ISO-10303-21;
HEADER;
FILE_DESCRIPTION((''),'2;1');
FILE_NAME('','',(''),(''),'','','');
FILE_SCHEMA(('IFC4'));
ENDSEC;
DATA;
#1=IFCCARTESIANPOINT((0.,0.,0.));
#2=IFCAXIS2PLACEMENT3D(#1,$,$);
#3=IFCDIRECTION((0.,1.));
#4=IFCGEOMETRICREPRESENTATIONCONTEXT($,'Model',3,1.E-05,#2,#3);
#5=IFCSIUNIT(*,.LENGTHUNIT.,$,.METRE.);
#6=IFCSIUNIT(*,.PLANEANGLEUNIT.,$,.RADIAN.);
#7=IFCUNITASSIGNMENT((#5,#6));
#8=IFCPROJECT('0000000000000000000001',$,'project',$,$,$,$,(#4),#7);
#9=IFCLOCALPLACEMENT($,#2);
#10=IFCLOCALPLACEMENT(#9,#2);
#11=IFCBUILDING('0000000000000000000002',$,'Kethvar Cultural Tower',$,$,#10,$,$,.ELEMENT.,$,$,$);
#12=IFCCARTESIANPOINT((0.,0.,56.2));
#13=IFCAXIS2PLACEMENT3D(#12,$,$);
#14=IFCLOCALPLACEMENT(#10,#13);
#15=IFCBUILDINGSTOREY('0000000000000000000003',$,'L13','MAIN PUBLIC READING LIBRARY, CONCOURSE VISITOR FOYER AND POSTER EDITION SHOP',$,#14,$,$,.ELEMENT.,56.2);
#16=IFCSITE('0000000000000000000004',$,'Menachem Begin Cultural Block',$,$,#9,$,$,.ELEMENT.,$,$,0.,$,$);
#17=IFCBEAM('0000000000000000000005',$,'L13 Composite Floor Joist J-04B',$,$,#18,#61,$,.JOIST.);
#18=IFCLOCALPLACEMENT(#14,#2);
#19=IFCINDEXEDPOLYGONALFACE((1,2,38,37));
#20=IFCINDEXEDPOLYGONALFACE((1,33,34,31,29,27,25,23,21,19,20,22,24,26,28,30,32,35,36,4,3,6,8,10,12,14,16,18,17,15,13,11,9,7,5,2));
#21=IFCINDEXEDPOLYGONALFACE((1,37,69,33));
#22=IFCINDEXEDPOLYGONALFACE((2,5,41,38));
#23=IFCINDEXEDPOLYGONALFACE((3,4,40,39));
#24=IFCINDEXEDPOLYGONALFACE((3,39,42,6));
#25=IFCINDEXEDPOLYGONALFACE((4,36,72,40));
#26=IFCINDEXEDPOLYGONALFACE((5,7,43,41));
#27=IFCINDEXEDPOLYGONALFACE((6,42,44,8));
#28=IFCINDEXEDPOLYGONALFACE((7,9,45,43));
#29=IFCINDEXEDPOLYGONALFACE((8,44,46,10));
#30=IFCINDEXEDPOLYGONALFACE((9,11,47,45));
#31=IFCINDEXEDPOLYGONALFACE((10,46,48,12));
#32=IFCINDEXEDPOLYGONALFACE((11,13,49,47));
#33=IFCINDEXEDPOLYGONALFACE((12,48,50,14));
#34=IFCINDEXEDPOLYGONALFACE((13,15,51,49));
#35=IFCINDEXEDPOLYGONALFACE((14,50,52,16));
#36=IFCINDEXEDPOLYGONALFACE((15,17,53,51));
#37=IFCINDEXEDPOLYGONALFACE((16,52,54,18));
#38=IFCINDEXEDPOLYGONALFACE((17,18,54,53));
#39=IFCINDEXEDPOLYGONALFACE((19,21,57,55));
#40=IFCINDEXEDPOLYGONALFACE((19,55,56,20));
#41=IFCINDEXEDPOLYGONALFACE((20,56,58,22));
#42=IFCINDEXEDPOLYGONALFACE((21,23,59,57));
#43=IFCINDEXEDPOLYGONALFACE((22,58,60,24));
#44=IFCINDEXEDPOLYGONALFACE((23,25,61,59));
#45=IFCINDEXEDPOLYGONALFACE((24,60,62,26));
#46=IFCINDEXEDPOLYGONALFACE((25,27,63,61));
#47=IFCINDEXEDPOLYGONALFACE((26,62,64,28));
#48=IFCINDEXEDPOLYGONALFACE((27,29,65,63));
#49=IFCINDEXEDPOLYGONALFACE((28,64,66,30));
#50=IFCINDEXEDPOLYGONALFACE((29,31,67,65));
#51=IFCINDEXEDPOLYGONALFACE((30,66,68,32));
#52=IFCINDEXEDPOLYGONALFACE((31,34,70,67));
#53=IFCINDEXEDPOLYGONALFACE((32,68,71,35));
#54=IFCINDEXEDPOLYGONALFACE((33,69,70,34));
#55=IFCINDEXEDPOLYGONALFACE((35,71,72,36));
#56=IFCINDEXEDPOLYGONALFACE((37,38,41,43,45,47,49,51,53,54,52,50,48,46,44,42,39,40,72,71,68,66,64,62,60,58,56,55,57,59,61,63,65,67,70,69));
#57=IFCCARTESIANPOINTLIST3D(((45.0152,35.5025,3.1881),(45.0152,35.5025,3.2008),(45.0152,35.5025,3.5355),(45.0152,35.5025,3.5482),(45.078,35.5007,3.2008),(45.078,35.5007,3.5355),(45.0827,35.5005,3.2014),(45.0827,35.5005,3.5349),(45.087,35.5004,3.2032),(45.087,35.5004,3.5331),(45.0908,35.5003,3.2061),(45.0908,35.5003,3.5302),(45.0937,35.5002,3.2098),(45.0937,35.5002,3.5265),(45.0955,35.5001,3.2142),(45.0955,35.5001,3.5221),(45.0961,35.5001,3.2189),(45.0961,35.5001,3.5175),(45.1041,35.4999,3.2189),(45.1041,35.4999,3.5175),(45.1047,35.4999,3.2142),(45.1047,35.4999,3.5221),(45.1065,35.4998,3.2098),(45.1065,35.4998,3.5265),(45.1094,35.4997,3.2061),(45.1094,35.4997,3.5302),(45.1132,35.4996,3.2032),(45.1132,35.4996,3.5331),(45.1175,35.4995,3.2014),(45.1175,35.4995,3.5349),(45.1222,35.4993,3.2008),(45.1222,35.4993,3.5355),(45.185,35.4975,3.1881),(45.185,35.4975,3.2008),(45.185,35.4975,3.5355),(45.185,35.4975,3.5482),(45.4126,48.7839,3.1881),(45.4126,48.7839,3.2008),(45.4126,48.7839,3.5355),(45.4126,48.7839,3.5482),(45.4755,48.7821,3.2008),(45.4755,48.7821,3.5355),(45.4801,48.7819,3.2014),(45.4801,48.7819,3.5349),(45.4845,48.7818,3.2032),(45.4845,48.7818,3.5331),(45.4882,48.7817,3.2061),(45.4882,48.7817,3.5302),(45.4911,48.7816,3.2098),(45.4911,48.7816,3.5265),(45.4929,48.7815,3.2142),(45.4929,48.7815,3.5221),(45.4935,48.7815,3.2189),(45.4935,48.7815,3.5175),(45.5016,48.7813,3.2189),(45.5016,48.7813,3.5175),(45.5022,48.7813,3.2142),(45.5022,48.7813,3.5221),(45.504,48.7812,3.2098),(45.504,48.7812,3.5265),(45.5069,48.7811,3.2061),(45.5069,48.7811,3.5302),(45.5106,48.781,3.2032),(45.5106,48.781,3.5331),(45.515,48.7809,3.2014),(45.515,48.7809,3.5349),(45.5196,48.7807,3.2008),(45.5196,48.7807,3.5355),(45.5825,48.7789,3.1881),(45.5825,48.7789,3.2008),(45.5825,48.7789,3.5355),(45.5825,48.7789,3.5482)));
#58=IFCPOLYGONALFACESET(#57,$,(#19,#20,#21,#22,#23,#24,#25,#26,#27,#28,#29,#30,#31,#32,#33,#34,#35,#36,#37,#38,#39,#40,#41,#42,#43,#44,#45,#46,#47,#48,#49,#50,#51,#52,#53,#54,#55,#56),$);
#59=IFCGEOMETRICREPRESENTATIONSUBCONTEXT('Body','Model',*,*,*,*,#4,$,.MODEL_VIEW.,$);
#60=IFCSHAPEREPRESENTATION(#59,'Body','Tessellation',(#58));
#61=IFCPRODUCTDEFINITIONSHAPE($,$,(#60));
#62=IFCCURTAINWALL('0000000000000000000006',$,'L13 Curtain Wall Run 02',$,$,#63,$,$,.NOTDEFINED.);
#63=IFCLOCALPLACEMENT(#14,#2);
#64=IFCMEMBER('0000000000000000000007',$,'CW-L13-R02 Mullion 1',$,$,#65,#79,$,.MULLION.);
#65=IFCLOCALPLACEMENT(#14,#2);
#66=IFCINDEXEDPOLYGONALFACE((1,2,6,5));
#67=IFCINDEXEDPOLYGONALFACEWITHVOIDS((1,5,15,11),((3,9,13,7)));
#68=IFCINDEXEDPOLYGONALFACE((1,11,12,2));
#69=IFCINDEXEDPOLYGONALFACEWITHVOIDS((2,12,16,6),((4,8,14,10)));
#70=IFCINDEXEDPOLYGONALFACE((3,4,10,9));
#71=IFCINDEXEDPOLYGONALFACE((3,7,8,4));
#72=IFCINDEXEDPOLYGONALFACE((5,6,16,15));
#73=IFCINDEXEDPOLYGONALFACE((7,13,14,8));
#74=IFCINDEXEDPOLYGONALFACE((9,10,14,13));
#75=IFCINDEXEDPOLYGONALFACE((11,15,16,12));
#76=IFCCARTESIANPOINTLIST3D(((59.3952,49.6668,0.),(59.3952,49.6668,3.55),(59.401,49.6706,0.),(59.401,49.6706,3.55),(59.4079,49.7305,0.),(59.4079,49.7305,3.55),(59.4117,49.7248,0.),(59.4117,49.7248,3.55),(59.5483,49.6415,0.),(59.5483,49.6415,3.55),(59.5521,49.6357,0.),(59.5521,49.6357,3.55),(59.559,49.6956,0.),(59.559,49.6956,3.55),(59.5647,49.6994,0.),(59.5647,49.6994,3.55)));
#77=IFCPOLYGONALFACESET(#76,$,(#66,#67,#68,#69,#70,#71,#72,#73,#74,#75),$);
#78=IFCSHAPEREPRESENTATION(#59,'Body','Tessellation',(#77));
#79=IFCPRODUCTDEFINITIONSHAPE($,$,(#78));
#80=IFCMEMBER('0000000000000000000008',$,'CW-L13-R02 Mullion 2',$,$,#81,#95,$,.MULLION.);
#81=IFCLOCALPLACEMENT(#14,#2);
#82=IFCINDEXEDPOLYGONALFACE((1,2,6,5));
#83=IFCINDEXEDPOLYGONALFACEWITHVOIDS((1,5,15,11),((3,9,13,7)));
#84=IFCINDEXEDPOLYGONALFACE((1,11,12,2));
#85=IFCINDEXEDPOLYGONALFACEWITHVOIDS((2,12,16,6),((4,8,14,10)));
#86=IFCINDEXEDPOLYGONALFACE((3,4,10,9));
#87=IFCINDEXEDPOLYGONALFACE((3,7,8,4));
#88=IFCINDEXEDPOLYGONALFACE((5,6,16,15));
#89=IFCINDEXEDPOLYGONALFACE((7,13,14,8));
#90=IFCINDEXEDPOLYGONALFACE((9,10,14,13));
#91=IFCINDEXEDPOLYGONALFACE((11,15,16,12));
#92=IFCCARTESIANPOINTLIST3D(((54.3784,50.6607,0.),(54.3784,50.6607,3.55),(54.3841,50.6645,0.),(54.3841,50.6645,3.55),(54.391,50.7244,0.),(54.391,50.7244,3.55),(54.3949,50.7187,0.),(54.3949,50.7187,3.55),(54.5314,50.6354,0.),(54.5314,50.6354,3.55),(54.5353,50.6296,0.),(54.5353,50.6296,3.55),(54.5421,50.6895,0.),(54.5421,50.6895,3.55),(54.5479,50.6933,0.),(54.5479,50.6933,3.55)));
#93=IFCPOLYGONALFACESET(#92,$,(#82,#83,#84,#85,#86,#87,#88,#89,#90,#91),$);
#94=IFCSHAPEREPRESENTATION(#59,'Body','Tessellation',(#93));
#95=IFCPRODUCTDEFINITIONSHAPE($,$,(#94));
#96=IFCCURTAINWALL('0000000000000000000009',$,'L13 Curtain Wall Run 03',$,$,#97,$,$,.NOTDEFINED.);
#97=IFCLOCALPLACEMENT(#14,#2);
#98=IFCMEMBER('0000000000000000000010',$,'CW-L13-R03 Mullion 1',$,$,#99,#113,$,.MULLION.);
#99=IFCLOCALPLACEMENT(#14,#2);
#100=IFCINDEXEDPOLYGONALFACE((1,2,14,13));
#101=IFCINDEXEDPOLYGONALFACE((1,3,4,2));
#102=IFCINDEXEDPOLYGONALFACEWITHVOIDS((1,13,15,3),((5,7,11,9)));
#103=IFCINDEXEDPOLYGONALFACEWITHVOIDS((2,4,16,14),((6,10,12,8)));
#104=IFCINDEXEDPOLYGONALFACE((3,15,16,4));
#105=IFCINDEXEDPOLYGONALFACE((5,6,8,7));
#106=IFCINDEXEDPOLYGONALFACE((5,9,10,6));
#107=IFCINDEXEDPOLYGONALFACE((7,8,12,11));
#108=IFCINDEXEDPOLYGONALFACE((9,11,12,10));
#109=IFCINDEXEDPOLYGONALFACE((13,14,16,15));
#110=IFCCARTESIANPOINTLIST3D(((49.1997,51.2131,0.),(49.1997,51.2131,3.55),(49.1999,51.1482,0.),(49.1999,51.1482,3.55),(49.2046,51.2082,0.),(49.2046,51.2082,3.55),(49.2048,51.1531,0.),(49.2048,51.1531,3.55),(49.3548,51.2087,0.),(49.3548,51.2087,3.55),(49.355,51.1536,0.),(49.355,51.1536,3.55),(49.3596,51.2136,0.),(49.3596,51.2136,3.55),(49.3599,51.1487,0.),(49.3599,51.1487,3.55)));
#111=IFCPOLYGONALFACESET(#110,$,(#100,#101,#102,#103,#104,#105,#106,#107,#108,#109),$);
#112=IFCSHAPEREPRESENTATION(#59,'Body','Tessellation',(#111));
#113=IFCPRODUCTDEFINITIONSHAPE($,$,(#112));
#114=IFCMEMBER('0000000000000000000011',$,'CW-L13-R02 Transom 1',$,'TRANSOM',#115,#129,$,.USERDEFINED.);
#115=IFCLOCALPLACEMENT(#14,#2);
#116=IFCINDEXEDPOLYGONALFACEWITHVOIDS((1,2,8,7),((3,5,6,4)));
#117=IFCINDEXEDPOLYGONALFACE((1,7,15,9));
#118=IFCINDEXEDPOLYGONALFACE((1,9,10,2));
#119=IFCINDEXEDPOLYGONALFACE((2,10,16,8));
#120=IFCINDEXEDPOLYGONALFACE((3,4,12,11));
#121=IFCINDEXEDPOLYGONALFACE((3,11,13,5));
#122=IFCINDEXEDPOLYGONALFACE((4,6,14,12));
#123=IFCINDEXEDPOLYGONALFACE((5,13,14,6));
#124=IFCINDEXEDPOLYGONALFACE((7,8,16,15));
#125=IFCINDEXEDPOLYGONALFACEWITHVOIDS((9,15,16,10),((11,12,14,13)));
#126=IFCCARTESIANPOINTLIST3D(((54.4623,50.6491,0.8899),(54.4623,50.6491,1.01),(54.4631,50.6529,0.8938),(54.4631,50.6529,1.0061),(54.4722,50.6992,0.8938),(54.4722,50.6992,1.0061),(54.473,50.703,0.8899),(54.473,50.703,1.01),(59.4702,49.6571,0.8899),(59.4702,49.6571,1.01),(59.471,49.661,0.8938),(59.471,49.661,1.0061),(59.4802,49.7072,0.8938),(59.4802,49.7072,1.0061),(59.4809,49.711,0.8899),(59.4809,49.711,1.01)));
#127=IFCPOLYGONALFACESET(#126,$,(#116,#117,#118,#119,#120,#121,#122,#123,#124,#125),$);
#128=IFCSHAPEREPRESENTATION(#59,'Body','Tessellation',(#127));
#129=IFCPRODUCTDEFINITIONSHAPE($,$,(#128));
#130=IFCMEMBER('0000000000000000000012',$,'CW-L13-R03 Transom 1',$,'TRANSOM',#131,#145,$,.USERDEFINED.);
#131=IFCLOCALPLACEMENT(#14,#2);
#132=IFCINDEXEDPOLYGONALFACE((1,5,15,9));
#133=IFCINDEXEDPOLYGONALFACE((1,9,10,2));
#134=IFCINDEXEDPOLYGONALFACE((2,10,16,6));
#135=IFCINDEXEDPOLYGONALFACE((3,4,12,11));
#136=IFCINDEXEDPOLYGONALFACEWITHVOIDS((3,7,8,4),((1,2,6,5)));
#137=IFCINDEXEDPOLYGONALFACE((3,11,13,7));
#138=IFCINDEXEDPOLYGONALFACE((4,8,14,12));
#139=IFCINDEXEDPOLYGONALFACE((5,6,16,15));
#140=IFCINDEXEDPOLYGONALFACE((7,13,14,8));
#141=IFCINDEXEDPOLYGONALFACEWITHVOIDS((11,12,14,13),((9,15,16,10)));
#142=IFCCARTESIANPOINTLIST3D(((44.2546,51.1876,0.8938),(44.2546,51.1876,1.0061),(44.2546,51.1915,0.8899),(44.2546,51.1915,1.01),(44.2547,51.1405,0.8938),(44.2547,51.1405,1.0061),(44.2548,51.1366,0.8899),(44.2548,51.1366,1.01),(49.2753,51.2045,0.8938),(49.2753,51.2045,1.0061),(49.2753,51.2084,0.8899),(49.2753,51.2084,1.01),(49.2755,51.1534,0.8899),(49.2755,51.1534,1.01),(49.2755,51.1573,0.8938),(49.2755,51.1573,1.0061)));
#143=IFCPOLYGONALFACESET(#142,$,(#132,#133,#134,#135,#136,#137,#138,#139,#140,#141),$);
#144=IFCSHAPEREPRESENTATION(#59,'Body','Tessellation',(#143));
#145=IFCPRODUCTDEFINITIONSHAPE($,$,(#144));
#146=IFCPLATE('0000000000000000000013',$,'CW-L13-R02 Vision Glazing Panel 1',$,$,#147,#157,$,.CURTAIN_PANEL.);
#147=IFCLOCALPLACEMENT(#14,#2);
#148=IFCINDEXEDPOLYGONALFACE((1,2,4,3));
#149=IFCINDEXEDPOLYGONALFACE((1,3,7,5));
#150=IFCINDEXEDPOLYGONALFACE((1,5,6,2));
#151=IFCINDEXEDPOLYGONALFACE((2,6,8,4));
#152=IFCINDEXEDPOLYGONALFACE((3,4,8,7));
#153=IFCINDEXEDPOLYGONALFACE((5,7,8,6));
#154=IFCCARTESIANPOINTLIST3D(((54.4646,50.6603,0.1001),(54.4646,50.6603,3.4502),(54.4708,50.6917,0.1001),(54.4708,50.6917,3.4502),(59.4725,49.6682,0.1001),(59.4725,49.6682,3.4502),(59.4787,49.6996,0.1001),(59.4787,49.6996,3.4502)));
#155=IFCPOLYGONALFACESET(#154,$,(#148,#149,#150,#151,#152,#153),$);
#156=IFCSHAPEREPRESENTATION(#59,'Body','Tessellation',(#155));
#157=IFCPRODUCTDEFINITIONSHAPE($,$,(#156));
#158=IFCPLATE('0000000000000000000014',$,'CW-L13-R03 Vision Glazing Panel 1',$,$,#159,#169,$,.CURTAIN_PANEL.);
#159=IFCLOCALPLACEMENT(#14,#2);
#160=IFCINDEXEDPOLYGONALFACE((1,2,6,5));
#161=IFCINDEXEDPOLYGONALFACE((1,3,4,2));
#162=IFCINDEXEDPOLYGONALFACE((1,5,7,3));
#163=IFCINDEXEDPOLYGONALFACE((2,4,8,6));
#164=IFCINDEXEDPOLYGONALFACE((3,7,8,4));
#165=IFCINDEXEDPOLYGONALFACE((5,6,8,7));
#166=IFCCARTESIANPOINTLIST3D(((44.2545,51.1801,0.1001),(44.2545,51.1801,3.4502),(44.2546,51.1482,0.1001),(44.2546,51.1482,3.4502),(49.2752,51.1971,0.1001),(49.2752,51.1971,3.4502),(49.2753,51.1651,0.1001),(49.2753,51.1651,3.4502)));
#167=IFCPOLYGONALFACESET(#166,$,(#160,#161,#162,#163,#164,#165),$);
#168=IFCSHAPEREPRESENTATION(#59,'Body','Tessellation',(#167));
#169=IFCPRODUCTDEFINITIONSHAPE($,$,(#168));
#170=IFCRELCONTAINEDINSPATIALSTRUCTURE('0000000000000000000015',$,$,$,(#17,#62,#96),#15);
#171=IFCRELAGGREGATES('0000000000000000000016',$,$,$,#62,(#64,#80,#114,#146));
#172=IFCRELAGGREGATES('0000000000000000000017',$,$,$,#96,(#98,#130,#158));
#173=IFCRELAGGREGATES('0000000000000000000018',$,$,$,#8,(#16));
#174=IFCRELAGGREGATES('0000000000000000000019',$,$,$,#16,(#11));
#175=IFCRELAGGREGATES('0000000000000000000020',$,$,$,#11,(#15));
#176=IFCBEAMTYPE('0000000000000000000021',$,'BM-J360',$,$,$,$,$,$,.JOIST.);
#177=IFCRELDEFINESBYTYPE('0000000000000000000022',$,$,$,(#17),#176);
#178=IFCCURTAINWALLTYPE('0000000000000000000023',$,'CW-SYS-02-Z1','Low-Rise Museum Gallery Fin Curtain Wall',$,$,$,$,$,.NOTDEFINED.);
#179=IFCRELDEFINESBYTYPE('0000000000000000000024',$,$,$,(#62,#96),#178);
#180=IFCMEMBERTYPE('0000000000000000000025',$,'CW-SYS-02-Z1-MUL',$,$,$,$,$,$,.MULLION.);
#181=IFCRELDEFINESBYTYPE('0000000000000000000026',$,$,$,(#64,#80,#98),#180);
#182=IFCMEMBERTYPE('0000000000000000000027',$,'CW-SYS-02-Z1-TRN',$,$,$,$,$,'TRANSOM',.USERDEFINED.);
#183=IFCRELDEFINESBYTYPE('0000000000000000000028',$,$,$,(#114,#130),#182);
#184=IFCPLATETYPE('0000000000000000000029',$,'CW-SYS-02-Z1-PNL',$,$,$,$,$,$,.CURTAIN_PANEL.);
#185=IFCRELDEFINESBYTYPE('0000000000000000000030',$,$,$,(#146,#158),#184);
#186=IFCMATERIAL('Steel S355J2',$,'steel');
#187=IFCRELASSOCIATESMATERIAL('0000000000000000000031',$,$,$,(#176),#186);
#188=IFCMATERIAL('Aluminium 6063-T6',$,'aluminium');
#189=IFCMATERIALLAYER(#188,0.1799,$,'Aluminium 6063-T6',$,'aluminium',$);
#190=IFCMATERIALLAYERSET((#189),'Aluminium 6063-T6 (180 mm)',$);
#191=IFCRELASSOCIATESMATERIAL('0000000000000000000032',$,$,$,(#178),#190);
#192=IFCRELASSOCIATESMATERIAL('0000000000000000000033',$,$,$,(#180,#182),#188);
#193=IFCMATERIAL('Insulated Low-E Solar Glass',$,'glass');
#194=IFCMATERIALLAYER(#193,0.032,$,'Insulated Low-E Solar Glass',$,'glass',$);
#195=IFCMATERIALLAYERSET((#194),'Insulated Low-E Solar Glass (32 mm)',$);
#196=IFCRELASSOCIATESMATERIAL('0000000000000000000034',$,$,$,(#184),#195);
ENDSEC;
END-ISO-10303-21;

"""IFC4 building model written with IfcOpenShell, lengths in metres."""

from ifc_helpers import new_model, si_unit, direction, frame, origin, origin_2d, place, context, subcontext, project, spatial, rectangle, hollow_rectangle, i_section, extrude, source, transform, mapped, material, layer, layer_set, material_profile, profile_set, type_object, element, aggregate, save


model = new_model("IFC4")

# Units and contexts
model_context = context("Model", 3, precision=1e-05, world=origin(), true_north=direction((0.0, 1.0)))
body_context = subcontext(model_context, "Body", "Model", "MODEL_VIEW")
ifc_project = project(units=[si_unit("LENGTHUNIT", "METRE"), si_unit("PLANEANGLEUNIT", "RADIAN")], contexts=[model_context])

# Site, building, storey
site_placement = place(None, origin())
site = spatial("IfcSite", under=ifc_project, at=site_placement, Name="Menachem Begin Cultural Block", CompositionType="ELEMENT", RefElevation=0.0)
building_placement = place(site_placement, origin())
building = spatial("IfcBuilding", under=site, at=building_placement, Name="Kethvar Cultural Tower", CompositionType="ELEMENT")
storey_placement = place(building_placement, frame((0.0, 0.0, 56.2)))
storey = spatial("IfcBuildingStorey", under=building, at=storey_placement, Name="L13", Description="MAIN PUBLIC READING LIBRARY, CONCOURSE VISITOR FOYER AND POSTER EDITION SHOP", CompositionType="ELEMENT", Elevation=56.2)

# Beam
ifc_material_1 = material(Name="Steel S355J2", Category="steel")
ifc_material_profile_1 = material_profile(ifc_material_1, i_section(OverallWidth=0.1699, OverallDepth=0.3601, WebThickness=0.0081, FlangeThickness=0.0127, FilletRadius=0.0181, at=origin_2d()), Name="Steel S355J2 — IPE360")
ifc_profile_set_1 = profile_set([ifc_material_profile_1], Name="Steel S355J2 — IPE360")
beam_type_1 = type_object("IfcBeamType", Name="BM-J360", PredefinedType="JOIST", material=ifc_profile_set_1)
shared_shape_1 = source(origin(), body_context, "Body", "SweptSolid", [
    extrude(i_section(OverallWidth=0.1699, OverallDepth=0.3601, WebThickness=0.0081, FlangeThickness=0.0127, FilletRadius=0.0181, at=origin_2d()), origin(), (0.0, 0.0, 1.0), 13.2874),
])
beam_1_placement = place(storey_placement, frame((45.1001, 35.5, 3.3682), z_axis=(0.029913, 0.999553, 0.0), x_axis=(-0.999553, 0.029913, 0.0)))
element("IfcBeam", 1, at=beam_1_placement, inside=storey, type_object=beam_type_1, Name="L13 Composite Floor Joist J-04B", PredefinedType="JOIST", context=body_context, shape_type="MappedRepresentation", body=[
    mapped(shared_shape_1, transform((0.0, 0.0, 0.0), scale=1.0)),
])

# Curtain wall, members
ifc_material_2 = material(Name="Aluminium 6063-T6", Category="aluminium")
ifc_layer_1 = layer(ifc_material_2, 0.1799, Name="Aluminium 6063-T6", Category="aluminium")
ifc_layer_set_1 = layer_set([ifc_layer_1], Name="Aluminium 6063-T6 (180 mm)")
curtain_wall_type = type_object("IfcCurtainWallType", Name="CW-SYS-02-Z1", Description="Low-Rise Museum Gallery Fin Curtain Wall", PredefinedType="NOTDEFINED", material=ifc_layer_set_1)
curtain_wall_1_placement = place(storey_placement, origin())
curtain_wall_1 = element("IfcCurtainWall", 2, at=curtain_wall_1_placement, inside=storey, type_object=curtain_wall_type, Name="L13 Curtain Wall Run 02", PredefinedType="NOTDEFINED")
ifc_material_profile_2 = material_profile(ifc_material_2, hollow_rectangle(XDim=0.0649, YDim=0.1599, WallThickness=0.0049, at=origin_2d()), Name="Aluminium 6063-T6 — RHS160x65x5")
ifc_profile_set_2 = profile_set([ifc_material_profile_2], Name="Aluminium 6063-T6 — RHS160x65x5")
member_type_1 = type_object("IfcMemberType", Name="CW-SYS-02-Z1-MUL", PredefinedType="MULLION", material=ifc_profile_set_2)
shared_shape_2 = source(origin(), body_context, "Body", "SweptSolid", [
    extrude(hollow_rectangle(XDim=0.0649, YDim=0.1599, WallThickness=0.0049, at=origin_2d()), origin(), (0.0, 0.0, 1.0), 3.55),
])
member_1_placement = place(storey_placement, frame((59.48, 49.6831, 0.0), z_axis=(0.0, 0.0, 1.0), x_axis=(-0.194337, -0.980935, 0.0)))
member_1 = element("IfcMember", 3, at=member_1_placement, type_object=member_type_1, Name="CW-L13-R02 Mullion 1", PredefinedType="MULLION", context=body_context, shape_type="MappedRepresentation", body=[
    mapped(shared_shape_2, transform((0.0, 0.0, 0.0), scale=1.0)),
])
member_2_placement = place(storey_placement, frame((54.4631, 50.677, 0.0), z_axis=(0.0, 0.0, 1.0), x_axis=(-0.194337, -0.980935, 0.0)))
member_2 = element("IfcMember", 4, at=member_2_placement, type_object=member_type_1, Name="CW-L13-R02 Mullion 2", PredefinedType="MULLION", context=body_context, shape_type="MappedRepresentation", body=[
    mapped(shared_shape_2, transform((0.0, 0.0, 0.0), scale=1.0)),
])

# Curtain wall, member
curtain_wall_2_placement = place(storey_placement, origin())
curtain_wall_2 = element("IfcCurtainWall", 5, at=curtain_wall_2_placement, inside=storey, type_object=curtain_wall_type, Name="L13 Curtain Wall Run 03", PredefinedType="NOTDEFINED")
member_3_placement = place(storey_placement, frame((49.2798, 51.1809, 0.0), z_axis=(0.0, 0.0, 1.0), x_axis=(0.003368, -0.999994, 0.0)))
member_3 = element("IfcMember", 6, at=member_3_placement, type_object=member_type_1, Name="CW-L13-R03 Mullion 1", PredefinedType="MULLION", context=body_context, shape_type="MappedRepresentation", body=[
    mapped(shared_shape_2, transform((0.0, 0.0, 0.0), scale=1.0)),
])

# Members
ifc_material_profile_3 = material_profile(ifc_material_2, hollow_rectangle(XDim=0.0549, YDim=0.1201, WallThickness=0.0039, at=origin_2d()), Name="Aluminium 6063-T6 — RHS120x55x4")
ifc_profile_set_3 = profile_set([ifc_material_profile_3], Name="Aluminium 6063-T6 — RHS120x55x4")
member_type_2 = type_object("IfcMemberType", Name="CW-SYS-02-Z1-TRN", ElementType="TRANSOM", PredefinedType="USERDEFINED", material=ifc_profile_set_3)
shared_shape_3 = source(origin(), body_context, "Body", "SweptSolid", [
    extrude(hollow_rectangle(XDim=0.0549, YDim=0.1201, WallThickness=0.0039, at=origin_2d()), origin(), (0.0, 0.0, 1.0), 5.1052),
])
member_4_placement = place(storey_placement, frame((59.4756, 49.6841, 0.95), z_axis=(-0.980941, 0.194304, 0.0), x_axis=(-0.194304, -0.980941, 0.0)))
member_4 = element("IfcMember", 7, at=member_4_placement, type_object=member_type_2, Name="CW-L13-R02 Transom 1", ObjectType="TRANSOM", PredefinedType="USERDEFINED", context=body_context, shape_type="MappedRepresentation", body=[
    mapped(shared_shape_3, transform((0.0, 0.0, 0.0), scale=1.0)),
])
shared_shape_4 = source(origin(), body_context, "Body", "SweptSolid", [
    extrude(hollow_rectangle(XDim=0.0549, YDim=0.1201, WallThickness=0.0039, at=origin_2d()), origin(), (0.0, 0.0, 1.0), 5.0208),
])
member_5_placement = place(storey_placement, frame((49.2754, 51.1809, 0.95), z_axis=(-0.999994, -0.003355, 0.0), x_axis=(0.003355, -0.999994, 0.0)))
member_5 = element("IfcMember", 8, at=member_5_placement, type_object=member_type_2, Name="CW-L13-R03 Transom 1", ObjectType="TRANSOM", PredefinedType="USERDEFINED", context=body_context, shape_type="MappedRepresentation", body=[
    mapped(shared_shape_4, transform((0.0, 0.0, 0.0), scale=1.0)),
])

# Plates
ifc_material_3 = material(Name="Insulated Low-E Solar Glass", Category="glass")
ifc_layer_2 = layer(ifc_material_3, 0.032, Name="Insulated Low-E Solar Glass", Category="glass")
ifc_layer_set_2 = layer_set([ifc_layer_2], Name="Insulated Low-E Solar Glass (32 mm)")
plate_type = type_object("IfcPlateType", Name="CW-SYS-02-Z1-PNL", PredefinedType="CURTAIN_PANEL", material=ifc_layer_set_2)
shared_shape_5 = source(origin(), body_context, "Body", "SweptSolid", [
    extrude(rectangle(XDim=5.1052, YDim=0.032, at=origin_2d()), origin(), (0.0, 0.0, 1.0), 3.3501),
])
plate_1_placement = place(storey_placement, frame((56.9717, 50.1799, 0.1001), z_axis=(0.0, 0.0, 1.0), x_axis=(-0.980935, 0.194337, 0.0)))
plate_1 = element("IfcPlate", 9, at=plate_1_placement, type_object=plate_type, Name="CW-L13-R02 Vision Glazing Panel 1", PredefinedType="CURTAIN_PANEL", context=body_context, shape_type="MappedRepresentation", body=[
    mapped(shared_shape_5, transform((0.0, 0.0, 0.0), scale=1.0)),
])
aggregate(curtain_wall_1, [member_1, member_2, member_4, plate_1])
shared_shape_6 = source(origin(), body_context, "Body", "SweptSolid", [
    extrude(rectangle(XDim=5.0208, YDim=0.032, at=origin_2d()), origin(), (0.0, 0.0, 1.0), 3.3501),
])
plate_2_placement = place(storey_placement, frame((46.7649, 51.1726, 0.1001), z_axis=(0.0, 0.0, 1.0), x_axis=(-0.999994, -0.003368, 0.0)))
plate_2 = element("IfcPlate", 10, at=plate_2_placement, type_object=plate_type, Name="CW-L13-R03 Vision Glazing Panel 1", PredefinedType="CURTAIN_PANEL", context=body_context, shape_type="MappedRepresentation", body=[
    mapped(shared_shape_6, transform((0.0, 0.0, 0.0), scale=1.0)),
])
aggregate(curtain_wall_2, [member_3, member_5, plate_2])

save(model, "model.ifc")
